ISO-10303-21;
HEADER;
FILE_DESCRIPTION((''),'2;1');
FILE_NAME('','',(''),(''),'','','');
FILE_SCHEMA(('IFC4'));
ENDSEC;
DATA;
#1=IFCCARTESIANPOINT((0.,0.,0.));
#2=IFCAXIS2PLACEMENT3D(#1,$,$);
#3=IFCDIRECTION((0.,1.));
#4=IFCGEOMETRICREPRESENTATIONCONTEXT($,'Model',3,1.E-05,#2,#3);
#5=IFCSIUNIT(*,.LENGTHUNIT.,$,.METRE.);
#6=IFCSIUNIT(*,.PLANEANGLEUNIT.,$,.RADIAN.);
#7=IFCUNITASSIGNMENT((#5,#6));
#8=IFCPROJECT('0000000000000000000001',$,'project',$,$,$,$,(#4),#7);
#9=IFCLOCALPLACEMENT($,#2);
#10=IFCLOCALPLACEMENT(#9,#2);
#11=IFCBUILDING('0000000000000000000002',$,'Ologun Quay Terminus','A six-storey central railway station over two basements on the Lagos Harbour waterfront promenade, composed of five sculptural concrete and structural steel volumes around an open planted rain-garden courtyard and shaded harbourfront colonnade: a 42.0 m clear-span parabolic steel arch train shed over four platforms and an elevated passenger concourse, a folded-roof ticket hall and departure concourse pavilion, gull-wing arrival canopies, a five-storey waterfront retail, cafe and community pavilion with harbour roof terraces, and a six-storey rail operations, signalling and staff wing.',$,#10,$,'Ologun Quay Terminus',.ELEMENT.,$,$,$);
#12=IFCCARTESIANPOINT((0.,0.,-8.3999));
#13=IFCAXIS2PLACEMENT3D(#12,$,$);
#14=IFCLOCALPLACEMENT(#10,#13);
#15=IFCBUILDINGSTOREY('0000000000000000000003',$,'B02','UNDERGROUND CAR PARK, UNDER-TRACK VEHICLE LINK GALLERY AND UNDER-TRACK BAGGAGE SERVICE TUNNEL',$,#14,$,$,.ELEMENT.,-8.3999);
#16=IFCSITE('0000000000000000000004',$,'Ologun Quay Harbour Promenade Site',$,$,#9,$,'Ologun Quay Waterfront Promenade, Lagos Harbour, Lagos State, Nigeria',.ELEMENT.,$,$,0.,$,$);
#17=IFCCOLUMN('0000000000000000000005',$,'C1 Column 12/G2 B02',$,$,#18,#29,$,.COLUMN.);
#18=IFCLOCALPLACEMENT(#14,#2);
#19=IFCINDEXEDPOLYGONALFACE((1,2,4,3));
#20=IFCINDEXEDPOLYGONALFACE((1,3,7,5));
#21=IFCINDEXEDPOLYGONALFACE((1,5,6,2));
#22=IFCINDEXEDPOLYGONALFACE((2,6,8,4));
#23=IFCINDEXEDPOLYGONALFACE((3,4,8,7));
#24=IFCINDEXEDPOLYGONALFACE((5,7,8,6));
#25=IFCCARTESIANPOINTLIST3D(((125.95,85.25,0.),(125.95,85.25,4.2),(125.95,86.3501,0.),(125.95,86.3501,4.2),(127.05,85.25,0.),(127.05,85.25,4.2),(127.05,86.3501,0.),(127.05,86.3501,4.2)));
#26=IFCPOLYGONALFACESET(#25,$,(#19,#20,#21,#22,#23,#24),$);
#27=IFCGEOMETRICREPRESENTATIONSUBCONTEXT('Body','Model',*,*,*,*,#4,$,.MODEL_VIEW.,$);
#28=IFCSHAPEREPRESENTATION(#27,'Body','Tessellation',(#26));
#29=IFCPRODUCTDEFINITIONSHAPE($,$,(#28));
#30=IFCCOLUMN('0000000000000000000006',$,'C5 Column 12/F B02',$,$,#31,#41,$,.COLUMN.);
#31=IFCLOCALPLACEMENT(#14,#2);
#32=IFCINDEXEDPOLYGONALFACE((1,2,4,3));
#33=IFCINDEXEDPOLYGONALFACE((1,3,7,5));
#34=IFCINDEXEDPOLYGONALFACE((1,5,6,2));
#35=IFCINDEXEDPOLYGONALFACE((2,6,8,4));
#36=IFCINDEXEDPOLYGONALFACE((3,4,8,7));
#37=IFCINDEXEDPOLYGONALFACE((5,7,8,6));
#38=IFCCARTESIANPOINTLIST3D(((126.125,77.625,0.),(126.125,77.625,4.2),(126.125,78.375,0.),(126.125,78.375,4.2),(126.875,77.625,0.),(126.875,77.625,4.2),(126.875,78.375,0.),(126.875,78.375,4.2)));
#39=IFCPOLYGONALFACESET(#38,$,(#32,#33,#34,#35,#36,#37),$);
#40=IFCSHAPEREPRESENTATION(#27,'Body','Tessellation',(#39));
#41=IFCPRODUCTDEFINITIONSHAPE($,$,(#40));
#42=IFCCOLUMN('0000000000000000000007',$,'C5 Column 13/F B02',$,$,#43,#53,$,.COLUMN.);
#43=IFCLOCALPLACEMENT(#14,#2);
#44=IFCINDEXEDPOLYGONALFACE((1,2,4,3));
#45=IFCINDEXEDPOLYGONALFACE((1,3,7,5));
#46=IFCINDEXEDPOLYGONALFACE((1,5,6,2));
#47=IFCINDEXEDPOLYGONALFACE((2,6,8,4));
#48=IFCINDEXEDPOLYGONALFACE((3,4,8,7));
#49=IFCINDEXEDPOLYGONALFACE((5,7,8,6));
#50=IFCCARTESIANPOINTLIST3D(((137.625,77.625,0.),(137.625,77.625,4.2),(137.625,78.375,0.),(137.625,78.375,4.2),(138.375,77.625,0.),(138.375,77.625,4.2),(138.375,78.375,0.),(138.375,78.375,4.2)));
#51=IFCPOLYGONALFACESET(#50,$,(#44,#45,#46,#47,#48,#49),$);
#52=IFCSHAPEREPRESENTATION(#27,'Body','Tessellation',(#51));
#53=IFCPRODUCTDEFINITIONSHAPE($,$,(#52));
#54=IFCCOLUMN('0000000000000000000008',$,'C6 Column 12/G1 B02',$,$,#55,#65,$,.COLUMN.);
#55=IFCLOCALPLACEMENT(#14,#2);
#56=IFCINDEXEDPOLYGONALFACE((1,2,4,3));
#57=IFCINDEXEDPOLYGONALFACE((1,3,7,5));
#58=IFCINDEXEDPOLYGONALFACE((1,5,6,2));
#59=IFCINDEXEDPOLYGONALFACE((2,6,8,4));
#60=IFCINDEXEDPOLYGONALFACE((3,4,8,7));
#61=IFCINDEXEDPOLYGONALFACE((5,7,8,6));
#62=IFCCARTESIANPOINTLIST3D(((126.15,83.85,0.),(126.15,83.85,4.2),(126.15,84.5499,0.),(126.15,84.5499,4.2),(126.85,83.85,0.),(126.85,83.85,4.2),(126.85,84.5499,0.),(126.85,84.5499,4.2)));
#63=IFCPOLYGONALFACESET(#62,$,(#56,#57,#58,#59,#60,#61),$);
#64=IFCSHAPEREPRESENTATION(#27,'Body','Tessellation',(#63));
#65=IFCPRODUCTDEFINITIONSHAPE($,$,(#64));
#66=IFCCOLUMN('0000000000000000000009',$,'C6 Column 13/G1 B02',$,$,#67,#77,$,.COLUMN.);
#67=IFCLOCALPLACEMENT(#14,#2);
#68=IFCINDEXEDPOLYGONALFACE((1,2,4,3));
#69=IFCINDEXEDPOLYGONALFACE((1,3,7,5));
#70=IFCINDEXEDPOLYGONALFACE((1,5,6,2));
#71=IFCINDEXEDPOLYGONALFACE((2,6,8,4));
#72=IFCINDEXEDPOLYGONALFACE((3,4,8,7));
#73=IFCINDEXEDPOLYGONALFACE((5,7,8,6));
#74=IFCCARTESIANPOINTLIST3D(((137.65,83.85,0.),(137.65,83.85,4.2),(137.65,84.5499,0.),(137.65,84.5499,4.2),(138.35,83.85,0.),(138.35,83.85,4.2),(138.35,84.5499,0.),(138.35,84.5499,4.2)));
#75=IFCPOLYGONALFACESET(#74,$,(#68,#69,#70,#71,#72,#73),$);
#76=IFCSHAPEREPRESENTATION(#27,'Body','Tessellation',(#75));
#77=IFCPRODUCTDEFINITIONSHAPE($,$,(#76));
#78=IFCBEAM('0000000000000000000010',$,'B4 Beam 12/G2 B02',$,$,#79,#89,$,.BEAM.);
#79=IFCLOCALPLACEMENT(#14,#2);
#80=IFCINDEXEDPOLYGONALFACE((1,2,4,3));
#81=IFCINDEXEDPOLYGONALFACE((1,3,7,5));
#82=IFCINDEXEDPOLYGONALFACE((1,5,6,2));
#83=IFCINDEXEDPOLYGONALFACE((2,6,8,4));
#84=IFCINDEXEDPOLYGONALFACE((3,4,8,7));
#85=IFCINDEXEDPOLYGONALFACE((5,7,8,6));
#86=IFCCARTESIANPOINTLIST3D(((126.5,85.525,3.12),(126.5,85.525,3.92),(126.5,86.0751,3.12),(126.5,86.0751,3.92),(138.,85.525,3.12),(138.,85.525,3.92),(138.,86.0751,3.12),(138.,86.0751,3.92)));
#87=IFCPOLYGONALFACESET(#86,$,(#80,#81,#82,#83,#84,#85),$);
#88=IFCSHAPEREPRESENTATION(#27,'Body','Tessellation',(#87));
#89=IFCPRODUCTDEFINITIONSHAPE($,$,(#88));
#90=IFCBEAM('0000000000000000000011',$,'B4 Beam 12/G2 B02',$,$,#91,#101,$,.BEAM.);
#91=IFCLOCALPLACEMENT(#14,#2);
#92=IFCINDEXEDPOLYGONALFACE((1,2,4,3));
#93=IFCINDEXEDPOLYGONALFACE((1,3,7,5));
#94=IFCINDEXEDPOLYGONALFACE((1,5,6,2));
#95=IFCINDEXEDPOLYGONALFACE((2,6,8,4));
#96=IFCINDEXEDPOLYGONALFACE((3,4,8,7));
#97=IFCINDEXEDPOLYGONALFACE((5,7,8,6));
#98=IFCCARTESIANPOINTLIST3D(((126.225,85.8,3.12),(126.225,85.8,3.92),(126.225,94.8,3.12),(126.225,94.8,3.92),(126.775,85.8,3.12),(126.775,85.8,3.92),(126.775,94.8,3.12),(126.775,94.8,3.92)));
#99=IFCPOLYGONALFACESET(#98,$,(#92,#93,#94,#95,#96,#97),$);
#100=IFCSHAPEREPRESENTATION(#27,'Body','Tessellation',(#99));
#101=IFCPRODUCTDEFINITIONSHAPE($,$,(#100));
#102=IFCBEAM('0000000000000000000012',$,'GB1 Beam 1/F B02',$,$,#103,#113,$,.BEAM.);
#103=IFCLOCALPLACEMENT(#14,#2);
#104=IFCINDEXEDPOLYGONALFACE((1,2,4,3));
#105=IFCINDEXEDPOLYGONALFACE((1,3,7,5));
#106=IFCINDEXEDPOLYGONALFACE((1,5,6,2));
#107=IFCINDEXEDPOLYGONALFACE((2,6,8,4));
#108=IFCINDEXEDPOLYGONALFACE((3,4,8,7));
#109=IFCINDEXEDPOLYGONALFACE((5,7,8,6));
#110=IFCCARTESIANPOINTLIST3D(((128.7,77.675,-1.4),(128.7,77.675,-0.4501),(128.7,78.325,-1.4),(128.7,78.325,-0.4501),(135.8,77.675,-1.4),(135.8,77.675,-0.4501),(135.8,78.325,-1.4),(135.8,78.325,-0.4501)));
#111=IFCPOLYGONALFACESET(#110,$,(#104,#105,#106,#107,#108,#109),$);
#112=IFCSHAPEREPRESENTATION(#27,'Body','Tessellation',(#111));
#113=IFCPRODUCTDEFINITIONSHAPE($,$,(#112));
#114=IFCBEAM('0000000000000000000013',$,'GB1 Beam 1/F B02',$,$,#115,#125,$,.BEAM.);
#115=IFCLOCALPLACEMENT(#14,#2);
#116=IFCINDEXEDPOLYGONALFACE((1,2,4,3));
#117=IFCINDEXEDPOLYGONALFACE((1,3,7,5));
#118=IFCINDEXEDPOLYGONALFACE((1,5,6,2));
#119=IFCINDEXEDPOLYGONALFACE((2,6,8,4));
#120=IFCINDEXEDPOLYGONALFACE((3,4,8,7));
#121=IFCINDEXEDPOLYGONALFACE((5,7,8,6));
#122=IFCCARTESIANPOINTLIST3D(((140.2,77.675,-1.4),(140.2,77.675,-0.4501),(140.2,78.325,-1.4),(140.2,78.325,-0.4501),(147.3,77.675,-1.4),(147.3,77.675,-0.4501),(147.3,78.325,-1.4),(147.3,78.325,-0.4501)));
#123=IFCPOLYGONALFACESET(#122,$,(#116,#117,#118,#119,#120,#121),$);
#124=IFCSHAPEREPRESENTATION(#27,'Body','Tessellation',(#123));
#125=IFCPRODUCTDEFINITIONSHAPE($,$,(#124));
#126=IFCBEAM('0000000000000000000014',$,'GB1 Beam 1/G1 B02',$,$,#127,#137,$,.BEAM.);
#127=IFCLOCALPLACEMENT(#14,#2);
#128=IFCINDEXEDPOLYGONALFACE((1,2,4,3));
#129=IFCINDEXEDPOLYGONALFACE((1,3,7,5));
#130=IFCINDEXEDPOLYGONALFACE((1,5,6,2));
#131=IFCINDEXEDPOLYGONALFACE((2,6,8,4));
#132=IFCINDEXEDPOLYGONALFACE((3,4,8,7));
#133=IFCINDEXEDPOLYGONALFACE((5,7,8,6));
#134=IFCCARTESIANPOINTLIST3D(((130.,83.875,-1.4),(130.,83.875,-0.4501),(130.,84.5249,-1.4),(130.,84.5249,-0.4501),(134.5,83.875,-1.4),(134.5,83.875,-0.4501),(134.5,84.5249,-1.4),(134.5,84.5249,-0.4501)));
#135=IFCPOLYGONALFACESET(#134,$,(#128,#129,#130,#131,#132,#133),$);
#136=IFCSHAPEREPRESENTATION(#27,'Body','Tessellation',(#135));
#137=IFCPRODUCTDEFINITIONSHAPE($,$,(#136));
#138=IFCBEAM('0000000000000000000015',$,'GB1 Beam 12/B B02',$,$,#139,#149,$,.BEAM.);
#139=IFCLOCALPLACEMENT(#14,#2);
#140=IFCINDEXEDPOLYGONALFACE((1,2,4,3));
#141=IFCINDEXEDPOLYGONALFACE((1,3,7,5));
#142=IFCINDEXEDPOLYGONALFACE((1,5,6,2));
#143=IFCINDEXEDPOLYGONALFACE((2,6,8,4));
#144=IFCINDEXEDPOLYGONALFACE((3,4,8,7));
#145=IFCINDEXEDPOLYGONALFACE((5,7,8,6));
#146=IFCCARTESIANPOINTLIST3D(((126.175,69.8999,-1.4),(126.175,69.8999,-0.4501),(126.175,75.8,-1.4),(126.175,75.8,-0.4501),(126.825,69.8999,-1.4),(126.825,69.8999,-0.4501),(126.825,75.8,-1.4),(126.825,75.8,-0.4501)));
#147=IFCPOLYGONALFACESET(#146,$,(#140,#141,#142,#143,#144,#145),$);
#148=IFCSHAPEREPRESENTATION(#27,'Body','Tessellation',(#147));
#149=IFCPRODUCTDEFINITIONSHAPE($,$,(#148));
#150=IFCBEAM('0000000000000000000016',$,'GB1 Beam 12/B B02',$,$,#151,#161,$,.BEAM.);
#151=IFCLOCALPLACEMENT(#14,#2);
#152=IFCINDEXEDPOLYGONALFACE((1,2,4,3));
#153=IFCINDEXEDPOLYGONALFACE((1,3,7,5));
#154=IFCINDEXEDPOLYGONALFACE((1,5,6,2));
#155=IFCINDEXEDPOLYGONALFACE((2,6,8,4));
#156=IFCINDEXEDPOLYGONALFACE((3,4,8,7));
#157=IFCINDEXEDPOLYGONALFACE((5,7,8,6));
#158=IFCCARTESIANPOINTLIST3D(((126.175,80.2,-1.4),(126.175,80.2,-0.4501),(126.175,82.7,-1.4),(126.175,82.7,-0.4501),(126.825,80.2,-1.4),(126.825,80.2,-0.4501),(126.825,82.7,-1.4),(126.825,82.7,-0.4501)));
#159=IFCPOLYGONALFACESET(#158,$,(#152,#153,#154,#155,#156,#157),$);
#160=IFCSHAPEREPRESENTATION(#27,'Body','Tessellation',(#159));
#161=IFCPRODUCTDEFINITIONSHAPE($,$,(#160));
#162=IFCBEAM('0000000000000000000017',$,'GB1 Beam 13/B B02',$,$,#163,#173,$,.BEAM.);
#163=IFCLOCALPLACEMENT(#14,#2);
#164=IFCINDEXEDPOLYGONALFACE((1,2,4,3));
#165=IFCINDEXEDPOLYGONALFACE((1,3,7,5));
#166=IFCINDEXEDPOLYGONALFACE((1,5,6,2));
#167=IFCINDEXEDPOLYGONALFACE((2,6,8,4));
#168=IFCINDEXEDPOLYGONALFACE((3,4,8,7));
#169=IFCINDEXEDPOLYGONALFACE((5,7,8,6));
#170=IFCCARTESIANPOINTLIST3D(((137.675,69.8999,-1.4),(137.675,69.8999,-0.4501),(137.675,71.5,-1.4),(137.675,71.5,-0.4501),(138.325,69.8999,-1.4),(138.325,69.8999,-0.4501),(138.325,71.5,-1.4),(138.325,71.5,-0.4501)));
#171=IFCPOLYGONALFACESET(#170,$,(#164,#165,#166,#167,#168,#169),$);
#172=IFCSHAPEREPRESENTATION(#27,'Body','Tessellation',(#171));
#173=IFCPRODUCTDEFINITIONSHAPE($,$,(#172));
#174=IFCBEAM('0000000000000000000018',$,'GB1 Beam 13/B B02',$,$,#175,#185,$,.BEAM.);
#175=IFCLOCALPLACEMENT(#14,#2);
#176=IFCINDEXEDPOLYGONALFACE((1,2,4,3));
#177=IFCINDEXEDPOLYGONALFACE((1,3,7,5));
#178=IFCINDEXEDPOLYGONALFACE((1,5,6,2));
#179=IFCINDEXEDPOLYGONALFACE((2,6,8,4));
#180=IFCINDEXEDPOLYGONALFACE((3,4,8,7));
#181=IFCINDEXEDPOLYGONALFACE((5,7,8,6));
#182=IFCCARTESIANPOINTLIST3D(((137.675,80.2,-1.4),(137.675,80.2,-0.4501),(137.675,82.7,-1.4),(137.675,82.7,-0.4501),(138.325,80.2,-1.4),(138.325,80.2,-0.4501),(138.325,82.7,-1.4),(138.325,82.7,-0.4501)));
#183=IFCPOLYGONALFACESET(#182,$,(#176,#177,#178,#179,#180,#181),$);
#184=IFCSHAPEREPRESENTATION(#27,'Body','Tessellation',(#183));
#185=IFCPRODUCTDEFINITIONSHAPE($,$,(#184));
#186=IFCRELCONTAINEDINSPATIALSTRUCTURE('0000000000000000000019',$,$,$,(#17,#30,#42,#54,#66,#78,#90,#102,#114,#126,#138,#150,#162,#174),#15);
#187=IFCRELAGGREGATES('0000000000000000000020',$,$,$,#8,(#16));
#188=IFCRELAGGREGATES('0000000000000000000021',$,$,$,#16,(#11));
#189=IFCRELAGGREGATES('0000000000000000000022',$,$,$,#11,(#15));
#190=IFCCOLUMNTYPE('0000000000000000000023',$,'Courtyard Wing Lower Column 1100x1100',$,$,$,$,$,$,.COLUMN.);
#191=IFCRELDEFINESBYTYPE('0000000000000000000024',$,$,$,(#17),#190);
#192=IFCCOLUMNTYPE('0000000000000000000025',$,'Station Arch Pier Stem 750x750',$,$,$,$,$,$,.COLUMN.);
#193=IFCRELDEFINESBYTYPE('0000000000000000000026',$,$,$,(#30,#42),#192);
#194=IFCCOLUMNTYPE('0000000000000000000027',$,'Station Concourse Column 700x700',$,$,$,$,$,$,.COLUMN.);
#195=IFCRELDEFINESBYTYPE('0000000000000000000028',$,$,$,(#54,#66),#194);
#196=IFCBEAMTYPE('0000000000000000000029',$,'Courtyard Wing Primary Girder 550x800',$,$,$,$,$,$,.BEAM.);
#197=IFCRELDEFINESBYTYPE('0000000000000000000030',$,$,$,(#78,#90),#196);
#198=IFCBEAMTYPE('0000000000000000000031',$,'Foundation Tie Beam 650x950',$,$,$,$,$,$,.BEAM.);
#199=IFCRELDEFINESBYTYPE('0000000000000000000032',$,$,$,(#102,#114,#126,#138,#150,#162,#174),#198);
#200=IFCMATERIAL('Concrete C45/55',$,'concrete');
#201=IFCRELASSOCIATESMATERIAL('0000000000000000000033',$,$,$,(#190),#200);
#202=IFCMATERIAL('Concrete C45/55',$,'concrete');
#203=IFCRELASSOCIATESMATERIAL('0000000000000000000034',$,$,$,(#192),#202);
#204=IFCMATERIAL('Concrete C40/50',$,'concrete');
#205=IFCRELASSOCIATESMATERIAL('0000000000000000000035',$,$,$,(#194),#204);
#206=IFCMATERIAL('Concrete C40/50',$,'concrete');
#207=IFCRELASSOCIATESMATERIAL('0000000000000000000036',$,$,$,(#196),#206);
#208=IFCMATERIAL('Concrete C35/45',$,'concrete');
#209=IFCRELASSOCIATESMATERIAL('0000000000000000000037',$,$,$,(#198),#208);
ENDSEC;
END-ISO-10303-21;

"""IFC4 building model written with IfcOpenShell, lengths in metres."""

from ifc_helpers import new_model, si_unit, direction, frame, origin, origin_2d, place, context, subcontext, project, spatial, rectangle, extrude, material, material_profile, profile_set, type_object, element, save


model = new_model("IFC4")

# Units and contexts
model_context = context("Model", 3, precision=1e-05, world=origin(), true_north=direction((0.0, 1.0)))
body_context = subcontext(model_context, "Body", "Model", "MODEL_VIEW")
ifc_project = project(units=[si_unit("LENGTHUNIT", "METRE"), si_unit("PLANEANGLEUNIT", "RADIAN")], contexts=[model_context])

# Site, building, storey
site_placement = place(None, origin())
site = spatial("IfcSite", under=ifc_project, at=site_placement, Name="Ologun Quay Harbour Promenade Site", LongName="Ologun Quay Waterfront Promenade, Lagos Harbour, Lagos State, Nigeria", CompositionType="ELEMENT", RefElevation=0.0)
building_placement = place(site_placement, origin())
building = spatial("IfcBuilding", under=site, at=building_placement, Name="Ologun Quay Terminus", Description="A six-storey central railway station over two basements on the Lagos Harbour waterfront promenade, composed of five sculptural concrete and structural steel volumes around an open planted rain-garden courtyard and shaded harbourfront colonnade: a 42.0 m clear-span parabolic steel arch train shed over four platforms and an elevated passenger concourse, a folded-roof ticket hall and departure concourse pavilion, gull-wing arrival canopies, a five-storey waterfront retail, cafe and community pavilion with harbour roof terraces, and a six-storey rail operations, signalling and staff wing.", LongName="Ologun Quay Terminus", CompositionType="ELEMENT")
storey_placement = place(building_placement, frame((0.0, 0.0, -8.3999)))
storey = spatial("IfcBuildingStorey", under=building, at=storey_placement, Name="B02", Description="UNDERGROUND CAR PARK, UNDER-TRACK VEHICLE LINK GALLERY AND UNDER-TRACK BAGGAGE SERVICE TUNNEL", CompositionType="ELEMENT", Elevation=-8.3999)

# Columns
ifc_material_1 = material(Name="Concrete C45/55", Category="concrete")
ifc_material_profile_1 = material_profile(ifc_material_1, rectangle(XDim=1.1001, YDim=1.1001, at=origin_2d()), Name="RC 1100x1100")
ifc_profile_set_1 = profile_set([ifc_material_profile_1], Name="Concrete C45/55")
column_type_1 = type_object("IfcColumnType", Name="Courtyard Wing Lower Column 1100x1100", PredefinedType="COLUMN", material=ifc_profile_set_1)
column_placement = place(storey_placement, frame((126.5, 85.8, 0.0), z_axis=(0.0, 0.0, 1.0), x_axis=(1.0, 0.0, 0.0)))
element("IfcColumn", 1, at=column_placement, inside=storey, type_object=column_type_1, Name="C1 Column 12/G2 B02", PredefinedType="COLUMN", context=body_context, shape_type="SweptSolid", body=[
    extrude(rectangle(XDim=1.1001, YDim=1.1001, at=origin_2d()), origin(), (0.0, 0.0, 1.0), 4.2),
])
ifc_material_2 = material(Name="Concrete C45/55", Category="concrete")
ifc_material_profile_2 = material_profile(ifc_material_2, rectangle(XDim=0.75, YDim=0.75, at=origin_2d()), Name="RC 750x750")
ifc_profile_set_2 = profile_set([ifc_material_profile_2], Name="Concrete C45/55")
column_type_2 = type_object("IfcColumnType", Name="Station Arch Pier Stem 750x750", PredefinedType="COLUMN", material=ifc_profile_set_2)
for number, where, z_axis, x_axis, name in (
    (2, (126.5, 78.0, 0.0), (0.0, 0.0, 1.0), (1.0, 0.0, 0.0), "C5 Column 12/F B02"),
    (3, (138.0, 78.0, 0.0), (0.0, 0.0, 1.0), (1.0, 0.0, 0.0), "C5 Column 13/F B02"),
):
    element("IfcColumn", number, at=place(storey_placement, frame(where, z_axis=z_axis, x_axis=x_axis)), inside=storey, type_object=column_type_2, Name=name, PredefinedType="COLUMN", context=body_context, shape_type="SweptSolid", body=[
        extrude(rectangle(XDim=0.75, YDim=0.75, at=origin_2d()), origin(), (0.0, 0.0, 1.0), 4.2),
    ])
ifc_material_3 = material(Name="Concrete C40/50", Category="concrete")
ifc_material_profile_3 = material_profile(ifc_material_3, rectangle(XDim=0.7, YDim=0.7, at=origin_2d()), Name="RC 700x700")
ifc_profile_set_3 = profile_set([ifc_material_profile_3], Name="Concrete C40/50")
column_type_3 = type_object("IfcColumnType", Name="Station Concourse Column 700x700", PredefinedType="COLUMN", material=ifc_profile_set_3)
for number, where, z_axis, x_axis, name in (
    (4, (126.5, 84.2, 0.0), (0.0, 0.0, 1.0), (1.0, 0.0, 0.0), "C6 Column 12/G1 B02"),
    (5, (138.0, 84.2, 0.0), (0.0, 0.0, 1.0), (1.0, 0.0, 0.0), "C6 Column 13/G1 B02"),
):
    element("IfcColumn", number, at=place(storey_placement, frame(where, z_axis=z_axis, x_axis=x_axis)), inside=storey, type_object=column_type_3, Name=name, PredefinedType="COLUMN", context=body_context, shape_type="SweptSolid", body=[
        extrude(rectangle(XDim=0.7, YDim=0.7, at=origin_2d()), origin(), (0.0, 0.0, 1.0), 4.2),
    ])

# Beams
ifc_material_4 = material(Name="Concrete C40/50", Category="concrete")
ifc_material_profile_4 = material_profile(ifc_material_4, rectangle(XDim=0.55, YDim=0.8, at=origin_2d()), Name="RC 550x800")
ifc_profile_set_4 = profile_set([ifc_material_profile_4], Name="Concrete C40/50")
beam_type_1 = type_object("IfcBeamType", Name="Courtyard Wing Primary Girder 550x800", PredefinedType="BEAM", material=ifc_profile_set_4)
beam_1_placement = place(storey_placement, frame((126.5, 85.8, 3.52), z_axis=(1.0, 0.0, 0.0), x_axis=(0.0, 1.0, 0.0)))
element("IfcBeam", 6, at=beam_1_placement, inside=storey, type_object=beam_type_1, Name="B4 Beam 12/G2 B02", PredefinedType="BEAM", context=body_context, shape_type="SweptSolid", body=[
    extrude(rectangle(XDim=0.55, YDim=0.8, at=origin_2d()), origin(), (0.0, 0.0, 1.0), 11.5),
])
beam_2_placement = place(storey_placement, frame((126.5, 85.8, 3.52), z_axis=(0.0, 1.0, 0.0), x_axis=(-1.0, 0.0, 0.0)))
element("IfcBeam", 7, at=beam_2_placement, inside=storey, type_object=beam_type_1, Name="B4 Beam 12/G2 B02", PredefinedType="BEAM", context=body_context, shape_type="SweptSolid", body=[
    extrude(rectangle(XDim=0.55, YDim=0.8, at=origin_2d()), origin(), (0.0, 0.0, 1.0), 9.0),
])
ifc_material_5 = material(Name="Concrete C35/45", Category="concrete")
ifc_material_profile_5 = material_profile(ifc_material_5, rectangle(XDim=0.6499, YDim=0.95, at=origin_2d()), Name="RC 650x950")
ifc_profile_set_5 = profile_set([ifc_material_profile_5], Name="Concrete C35/45")
beam_type_2 = type_object("IfcBeamType", Name="Foundation Tie Beam 650x950", PredefinedType="BEAM", material=ifc_profile_set_5)
for number, where, z_axis, x_axis, name in (
    (8, (128.7, 78.0, -0.925), (1.0, 0.0, 0.0), (0.0, 1.0, 0.0), "GB1 Beam 1/F B02"),
    (9, (140.2, 78.0, -0.925), (1.0, 0.0, 0.0), (0.0, 1.0, 0.0), "GB1 Beam 1/F B02"),
):
    element("IfcBeam", number, at=place(storey_placement, frame(where, z_axis=z_axis, x_axis=x_axis)), inside=storey, type_object=beam_type_2, Name=name, PredefinedType="BEAM", context=body_context, shape_type="SweptSolid", body=[
        extrude(rectangle(XDim=0.6499, YDim=0.95, at=origin_2d()), origin(), (0.0, 0.0, 1.0), 7.1001),
    ])
beam_3_placement = place(storey_placement, frame((130.0, 84.2, -0.925), z_axis=(1.0, 0.0, 0.0), x_axis=(0.0, 1.0, 0.0)))
element("IfcBeam", 10, at=beam_3_placement, inside=storey, type_object=beam_type_2, Name="GB1 Beam 1/G1 B02", PredefinedType="BEAM", context=body_context, shape_type="SweptSolid", body=[
    extrude(rectangle(XDim=0.6499, YDim=0.95, at=origin_2d()), origin(), (0.0, 0.0, 1.0), 4.5),
])
beam_4_placement = place(storey_placement, frame((126.5, 69.8999, -0.925), z_axis=(0.0, 1.0, 0.0), x_axis=(-1.0, 0.0, 0.0)))
element("IfcBeam", 11, at=beam_4_placement, inside=storey, type_object=beam_type_2, Name="GB1 Beam 12/B B02", PredefinedType="BEAM", context=body_context, shape_type="SweptSolid", body=[
    extrude(rectangle(XDim=0.6499, YDim=0.95, at=origin_2d()), origin(), (0.0, 0.0, 1.0), 5.9001),
])
beam_5_placement = place(storey_placement, frame((126.5, 80.2, -0.925), z_axis=(0.0, 1.0, 0.0), x_axis=(-1.0, 0.0, 0.0)))
element("IfcBeam", 12, at=beam_5_placement, inside=storey, type_object=beam_type_2, Name="GB1 Beam 12/B B02", PredefinedType="BEAM", context=body_context, shape_type="SweptSolid", body=[
    extrude(rectangle(XDim=0.6499, YDim=0.95, at=origin_2d()), origin(), (0.0, 0.0, 1.0), 2.5),
])
beam_6_placement = place(storey_placement, frame((138.0, 69.8999, -0.925), z_axis=(0.0, 1.0, 0.0), x_axis=(-1.0, 0.0, 0.0)))
element("IfcBeam", 13, at=beam_6_placement, inside=storey, type_object=beam_type_2, Name="GB1 Beam 13/B B02", PredefinedType="BEAM", context=body_context, shape_type="SweptSolid", body=[
    extrude(rectangle(XDim=0.6499, YDim=0.95, at=origin_2d()), origin(), (0.0, 0.0, 1.0), 1.6001),
])
beam_7_placement = place(storey_placement, frame((138.0, 80.2, -0.925), z_axis=(0.0, 1.0, 0.0), x_axis=(-1.0, 0.0, 0.0)))
element("IfcBeam", 14, at=beam_7_placement, inside=storey, type_object=beam_type_2, Name="GB1 Beam 13/B B02", PredefinedType="BEAM", context=body_context, shape_type="SweptSolid", body=[
    extrude(rectangle(XDim=0.6499, YDim=0.95, at=origin_2d()), origin(), (0.0, 0.0, 1.0), 2.5),
])

save(model, "model.ifc")
